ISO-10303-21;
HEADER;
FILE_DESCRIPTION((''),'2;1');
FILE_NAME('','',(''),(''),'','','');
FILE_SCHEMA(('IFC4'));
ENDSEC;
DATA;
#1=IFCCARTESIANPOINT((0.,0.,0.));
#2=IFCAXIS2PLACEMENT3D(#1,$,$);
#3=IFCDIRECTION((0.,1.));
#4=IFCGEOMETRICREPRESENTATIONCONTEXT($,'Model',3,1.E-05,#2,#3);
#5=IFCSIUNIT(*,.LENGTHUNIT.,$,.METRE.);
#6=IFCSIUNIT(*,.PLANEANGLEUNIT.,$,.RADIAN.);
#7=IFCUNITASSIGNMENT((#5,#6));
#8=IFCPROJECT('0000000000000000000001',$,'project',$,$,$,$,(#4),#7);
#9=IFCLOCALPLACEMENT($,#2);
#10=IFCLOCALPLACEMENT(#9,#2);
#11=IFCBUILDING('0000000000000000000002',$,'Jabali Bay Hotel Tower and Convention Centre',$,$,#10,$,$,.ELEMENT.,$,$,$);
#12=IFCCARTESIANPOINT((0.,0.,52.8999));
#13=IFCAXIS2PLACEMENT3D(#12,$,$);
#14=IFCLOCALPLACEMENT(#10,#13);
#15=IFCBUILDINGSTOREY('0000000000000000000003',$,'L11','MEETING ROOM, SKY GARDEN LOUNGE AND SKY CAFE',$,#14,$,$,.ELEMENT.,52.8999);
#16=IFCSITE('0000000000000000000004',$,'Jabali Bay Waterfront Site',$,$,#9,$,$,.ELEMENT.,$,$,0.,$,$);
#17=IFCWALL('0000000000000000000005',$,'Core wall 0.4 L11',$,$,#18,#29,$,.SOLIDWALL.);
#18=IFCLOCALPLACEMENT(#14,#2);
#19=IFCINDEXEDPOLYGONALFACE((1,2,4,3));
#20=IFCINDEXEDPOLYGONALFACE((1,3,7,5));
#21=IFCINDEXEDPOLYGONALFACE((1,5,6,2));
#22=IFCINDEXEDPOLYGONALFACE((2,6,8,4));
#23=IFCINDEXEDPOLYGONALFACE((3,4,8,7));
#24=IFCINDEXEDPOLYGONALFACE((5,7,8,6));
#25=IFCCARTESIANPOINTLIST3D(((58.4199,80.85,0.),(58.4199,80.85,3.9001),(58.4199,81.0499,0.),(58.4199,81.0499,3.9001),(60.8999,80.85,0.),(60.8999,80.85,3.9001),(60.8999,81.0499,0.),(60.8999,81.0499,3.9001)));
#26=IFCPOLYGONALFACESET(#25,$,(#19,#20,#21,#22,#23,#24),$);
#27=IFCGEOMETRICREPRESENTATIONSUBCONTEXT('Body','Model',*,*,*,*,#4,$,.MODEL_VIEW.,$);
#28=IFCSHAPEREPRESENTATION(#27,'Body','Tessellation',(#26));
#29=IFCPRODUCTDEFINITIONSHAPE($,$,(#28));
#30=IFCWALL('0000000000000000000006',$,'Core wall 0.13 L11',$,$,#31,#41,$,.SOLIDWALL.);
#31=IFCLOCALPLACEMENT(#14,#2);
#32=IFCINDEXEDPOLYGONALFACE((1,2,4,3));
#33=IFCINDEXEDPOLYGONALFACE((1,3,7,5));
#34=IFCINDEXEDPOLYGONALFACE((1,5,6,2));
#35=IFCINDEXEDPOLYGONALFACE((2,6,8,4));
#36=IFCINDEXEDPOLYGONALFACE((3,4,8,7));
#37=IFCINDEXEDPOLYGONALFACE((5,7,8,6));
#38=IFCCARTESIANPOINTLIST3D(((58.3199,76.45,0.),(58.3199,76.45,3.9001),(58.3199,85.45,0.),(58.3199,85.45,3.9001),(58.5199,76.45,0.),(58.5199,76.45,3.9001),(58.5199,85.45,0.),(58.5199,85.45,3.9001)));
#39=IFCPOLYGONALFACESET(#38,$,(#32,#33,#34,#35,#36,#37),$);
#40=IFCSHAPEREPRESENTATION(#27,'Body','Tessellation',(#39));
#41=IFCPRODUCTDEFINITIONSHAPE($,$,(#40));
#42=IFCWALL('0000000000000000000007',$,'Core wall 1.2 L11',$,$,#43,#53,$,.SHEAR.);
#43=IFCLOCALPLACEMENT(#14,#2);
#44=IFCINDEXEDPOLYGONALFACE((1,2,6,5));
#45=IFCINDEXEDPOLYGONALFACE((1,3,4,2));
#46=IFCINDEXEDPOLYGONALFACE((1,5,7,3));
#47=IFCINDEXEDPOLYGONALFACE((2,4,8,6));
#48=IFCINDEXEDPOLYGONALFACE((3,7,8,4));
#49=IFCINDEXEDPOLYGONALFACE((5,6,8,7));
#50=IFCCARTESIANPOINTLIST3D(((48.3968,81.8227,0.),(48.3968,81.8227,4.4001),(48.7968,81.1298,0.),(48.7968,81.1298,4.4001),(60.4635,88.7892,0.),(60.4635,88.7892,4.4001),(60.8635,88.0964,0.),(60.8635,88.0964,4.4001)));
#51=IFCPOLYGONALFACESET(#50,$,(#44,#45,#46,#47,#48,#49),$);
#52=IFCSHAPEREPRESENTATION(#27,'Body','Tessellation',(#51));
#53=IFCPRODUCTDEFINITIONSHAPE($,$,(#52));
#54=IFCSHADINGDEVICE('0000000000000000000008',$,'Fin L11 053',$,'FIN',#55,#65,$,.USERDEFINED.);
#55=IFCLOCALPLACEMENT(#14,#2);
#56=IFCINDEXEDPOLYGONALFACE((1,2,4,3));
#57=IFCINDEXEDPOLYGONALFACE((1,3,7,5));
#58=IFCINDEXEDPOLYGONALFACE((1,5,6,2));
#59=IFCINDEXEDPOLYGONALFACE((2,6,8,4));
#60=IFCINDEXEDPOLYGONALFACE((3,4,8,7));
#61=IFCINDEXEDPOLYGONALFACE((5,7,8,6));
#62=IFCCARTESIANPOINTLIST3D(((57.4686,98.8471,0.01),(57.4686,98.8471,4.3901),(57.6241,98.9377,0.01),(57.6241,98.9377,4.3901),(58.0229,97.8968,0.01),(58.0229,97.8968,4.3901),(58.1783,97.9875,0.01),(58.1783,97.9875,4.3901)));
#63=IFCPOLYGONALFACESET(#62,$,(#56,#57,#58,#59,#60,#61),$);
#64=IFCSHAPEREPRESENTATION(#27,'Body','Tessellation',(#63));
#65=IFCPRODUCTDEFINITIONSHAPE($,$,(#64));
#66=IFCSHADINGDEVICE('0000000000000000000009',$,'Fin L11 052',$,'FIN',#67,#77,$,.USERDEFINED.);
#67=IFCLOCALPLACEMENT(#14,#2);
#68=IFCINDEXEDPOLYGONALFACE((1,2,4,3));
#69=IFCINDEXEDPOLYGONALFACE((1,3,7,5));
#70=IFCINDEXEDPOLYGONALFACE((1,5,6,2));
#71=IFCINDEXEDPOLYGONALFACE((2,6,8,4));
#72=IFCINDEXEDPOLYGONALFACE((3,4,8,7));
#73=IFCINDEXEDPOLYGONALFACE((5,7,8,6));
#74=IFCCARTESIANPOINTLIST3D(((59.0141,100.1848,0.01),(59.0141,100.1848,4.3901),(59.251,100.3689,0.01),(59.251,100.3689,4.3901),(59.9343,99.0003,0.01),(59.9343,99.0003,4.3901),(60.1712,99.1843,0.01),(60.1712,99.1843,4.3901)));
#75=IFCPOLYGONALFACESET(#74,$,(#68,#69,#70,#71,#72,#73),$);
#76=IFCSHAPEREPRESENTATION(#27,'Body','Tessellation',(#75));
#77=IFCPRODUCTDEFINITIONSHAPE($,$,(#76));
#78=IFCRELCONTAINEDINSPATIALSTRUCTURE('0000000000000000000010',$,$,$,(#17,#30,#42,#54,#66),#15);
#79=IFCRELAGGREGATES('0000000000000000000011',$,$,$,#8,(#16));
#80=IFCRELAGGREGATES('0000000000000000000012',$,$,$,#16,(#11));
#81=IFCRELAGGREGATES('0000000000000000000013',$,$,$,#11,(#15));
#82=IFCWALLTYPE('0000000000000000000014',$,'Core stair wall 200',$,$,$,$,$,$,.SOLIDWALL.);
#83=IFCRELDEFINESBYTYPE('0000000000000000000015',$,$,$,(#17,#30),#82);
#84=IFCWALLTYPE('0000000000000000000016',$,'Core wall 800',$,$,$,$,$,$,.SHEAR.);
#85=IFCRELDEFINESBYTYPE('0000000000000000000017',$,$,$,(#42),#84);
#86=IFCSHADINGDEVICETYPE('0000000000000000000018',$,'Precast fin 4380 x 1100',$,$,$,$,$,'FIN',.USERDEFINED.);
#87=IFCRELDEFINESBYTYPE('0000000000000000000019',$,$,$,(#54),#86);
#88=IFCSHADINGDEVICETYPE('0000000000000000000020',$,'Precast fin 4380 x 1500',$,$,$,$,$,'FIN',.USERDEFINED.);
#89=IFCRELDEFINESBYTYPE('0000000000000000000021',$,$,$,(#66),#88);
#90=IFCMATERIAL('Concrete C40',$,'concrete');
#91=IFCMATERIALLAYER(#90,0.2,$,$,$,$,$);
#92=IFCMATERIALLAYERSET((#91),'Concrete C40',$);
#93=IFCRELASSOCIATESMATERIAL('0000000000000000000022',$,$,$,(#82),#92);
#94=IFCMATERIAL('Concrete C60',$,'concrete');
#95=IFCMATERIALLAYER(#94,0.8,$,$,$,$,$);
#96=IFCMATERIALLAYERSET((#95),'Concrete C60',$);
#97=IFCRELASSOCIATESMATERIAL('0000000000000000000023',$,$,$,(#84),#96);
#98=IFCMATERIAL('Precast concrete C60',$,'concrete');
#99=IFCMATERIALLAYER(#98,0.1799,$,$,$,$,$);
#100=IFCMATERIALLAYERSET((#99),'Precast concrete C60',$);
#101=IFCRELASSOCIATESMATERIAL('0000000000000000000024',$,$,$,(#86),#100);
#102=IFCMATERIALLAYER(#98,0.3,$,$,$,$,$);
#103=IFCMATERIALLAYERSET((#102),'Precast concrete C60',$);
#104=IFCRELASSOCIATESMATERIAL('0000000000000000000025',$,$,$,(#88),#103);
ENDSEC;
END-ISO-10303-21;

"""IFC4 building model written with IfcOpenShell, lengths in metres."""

from ifc_helpers import new_model, si_unit, direction, frame, frame_2d, origin, place, context, subcontext, project, spatial, rectangle, extrude, material, layer, layer_set, type_object, element, save


model = new_model("IFC4")

# Units and contexts
model_context = context("Model", 3, precision=1e-05, world=origin(), true_north=direction((0.0, 1.0)))
body_context = subcontext(model_context, "Body", "Model", "MODEL_VIEW")
ifc_project = project(units=[si_unit("LENGTHUNIT", "METRE"), si_unit("PLANEANGLEUNIT", "RADIAN")], contexts=[model_context])

# Site, building, storey
site_placement = place(None, origin())
site = spatial("IfcSite", under=ifc_project, at=site_placement, Name="Jabali Bay Waterfront Site", CompositionType="ELEMENT", RefElevation=0.0)
building_placement = place(site_placement, origin())
building = spatial("IfcBuilding", under=site, at=building_placement, Name="Jabali Bay Hotel Tower and Convention Centre", CompositionType="ELEMENT")
storey_placement = place(building_placement, frame((0.0, 0.0, 52.8999)))
storey = spatial("IfcBuildingStorey", under=building, at=storey_placement, Name="L11", Description="MEETING ROOM, SKY GARDEN LOUNGE AND SKY CAFE", CompositionType="ELEMENT", Elevation=52.8999)

# Shared definitions
ifc_material_1 = material(Name="Concrete C40", Category="concrete")

# Walls
ifc_layer_1 = layer(ifc_material_1, 0.2)
ifc_layer_set_1 = layer_set([ifc_layer_1], Name="Concrete C40")
wall_type_1 = type_object("IfcWallType", Name="Core stair wall 200", PredefinedType="SOLIDWALL", material=ifc_layer_set_1)
wall_1_placement = place(storey_placement, frame((60.8999, 80.95, 0.0), z_axis=(0.0, 0.0, 1.0), x_axis=(-1.0, 0.0, 0.0)))
element("IfcWall", 1, at=wall_1_placement, inside=storey, type_object=wall_type_1, Name="Core wall 0.4 L11", PredefinedType="SOLIDWALL", context=body_context, shape_type="SweptSolid", body=[
    extrude(rectangle(XDim=2.48, YDim=0.2, at=frame_2d((1.24, 0.0))), origin(), (0.0, 0.0, 1.0), 3.9001),
])
wall_2_placement = place(storey_placement, frame((58.4199, 85.45, 0.0), z_axis=(0.0, 0.0, 1.0), x_axis=(0.0, -1.0, 0.0)))
element("IfcWall", 2, at=wall_2_placement, inside=storey, type_object=wall_type_1, Name="Core wall 0.13 L11", PredefinedType="SOLIDWALL", context=body_context, shape_type="SweptSolid", body=[
    extrude(rectangle(XDim=9.0, YDim=0.2, at=frame_2d((4.5, 0.0))), origin(), (0.0, 0.0, 1.0), 3.9001),
])
ifc_material_2 = material(Name="Concrete C60", Category="concrete")
ifc_layer_2 = layer(ifc_material_2, 0.8)
ifc_layer_set_2 = layer_set([ifc_layer_2], Name="Concrete C60")
wall_type_2 = type_object("IfcWallType", Name="Core wall 800", PredefinedType="SHEAR", material=ifc_layer_set_2)
wall_3_placement = place(storey_placement, frame((60.6636, 88.4429, 0.0), z_axis=(0.0, 0.0, 1.0), x_axis=(-0.866029, -0.499993, 0.0)))
element("IfcWall", 3, at=wall_3_placement, inside=storey, type_object=wall_type_2, Name="Core wall 1.2 L11", PredefinedType="SHEAR", context=body_context, shape_type="SweptSolid", body=[
    extrude(rectangle(XDim=13.9333, YDim=0.8, at=frame_2d((6.9668, 0.0))), origin(), (0.0, 0.0, 1.0), 4.4001),
])

# Shading devices
ifc_material_3 = material(Name="Precast concrete C60", Category="concrete")
ifc_layer_3 = layer(ifc_material_3, 0.1799)
ifc_layer_set_3 = layer_set([ifc_layer_3], Name="Precast concrete C60")
shading_device_type_1 = type_object("IfcShadingDeviceType", Name="Precast fin 4380 x 1100", ElementType="FIN", PredefinedType="USERDEFINED", material=ifc_layer_set_3)
shading_device_1_placement = place(storey_placement, frame((58.1006, 97.9421, 0.01), z_axis=(0.0, 0.0, 1.0), x_axis=(-0.503816, 0.863811, 0.0)))
element("IfcShadingDevice", 4, at=shading_device_1_placement, inside=storey, type_object=shading_device_type_1, Name="Fin L11 053", ObjectType="FIN", PredefinedType="USERDEFINED", context=body_context, shape_type="SweptSolid", body=[
    extrude(rectangle(XDim=1.1001, YDim=0.1799, at=frame_2d((0.55, 0.0))), origin(), (0.0, 0.0, 1.0), 4.3801),
])
ifc_layer_4 = layer(ifc_material_3, 0.3)
ifc_layer_set_4 = layer_set([ifc_layer_4], Name="Precast concrete C60")
shading_device_type_2 = type_object("IfcShadingDeviceType", Name="Precast fin 4380 x 1500", ElementType="FIN", PredefinedType="USERDEFINED", material=ifc_layer_set_4)
shading_device_2_placement = place(storey_placement, frame((60.0527, 99.0923, 0.01), z_axis=(0.0, 0.0, 1.0), x_axis=(-0.613456, 0.789729, 0.0)))
element("IfcShadingDevice", 5, at=shading_device_2_placement, inside=storey, type_object=shading_device_type_2, Name="Fin L11 052", ObjectType="FIN", PredefinedType="USERDEFINED", context=body_context, shape_type="SweptSolid", body=[
    extrude(rectangle(XDim=1.5, YDim=0.3, at=frame_2d((0.75, 0.0))), origin(), (0.0, 0.0, 1.0), 4.3801),
])

save(model, "model.ifc")
